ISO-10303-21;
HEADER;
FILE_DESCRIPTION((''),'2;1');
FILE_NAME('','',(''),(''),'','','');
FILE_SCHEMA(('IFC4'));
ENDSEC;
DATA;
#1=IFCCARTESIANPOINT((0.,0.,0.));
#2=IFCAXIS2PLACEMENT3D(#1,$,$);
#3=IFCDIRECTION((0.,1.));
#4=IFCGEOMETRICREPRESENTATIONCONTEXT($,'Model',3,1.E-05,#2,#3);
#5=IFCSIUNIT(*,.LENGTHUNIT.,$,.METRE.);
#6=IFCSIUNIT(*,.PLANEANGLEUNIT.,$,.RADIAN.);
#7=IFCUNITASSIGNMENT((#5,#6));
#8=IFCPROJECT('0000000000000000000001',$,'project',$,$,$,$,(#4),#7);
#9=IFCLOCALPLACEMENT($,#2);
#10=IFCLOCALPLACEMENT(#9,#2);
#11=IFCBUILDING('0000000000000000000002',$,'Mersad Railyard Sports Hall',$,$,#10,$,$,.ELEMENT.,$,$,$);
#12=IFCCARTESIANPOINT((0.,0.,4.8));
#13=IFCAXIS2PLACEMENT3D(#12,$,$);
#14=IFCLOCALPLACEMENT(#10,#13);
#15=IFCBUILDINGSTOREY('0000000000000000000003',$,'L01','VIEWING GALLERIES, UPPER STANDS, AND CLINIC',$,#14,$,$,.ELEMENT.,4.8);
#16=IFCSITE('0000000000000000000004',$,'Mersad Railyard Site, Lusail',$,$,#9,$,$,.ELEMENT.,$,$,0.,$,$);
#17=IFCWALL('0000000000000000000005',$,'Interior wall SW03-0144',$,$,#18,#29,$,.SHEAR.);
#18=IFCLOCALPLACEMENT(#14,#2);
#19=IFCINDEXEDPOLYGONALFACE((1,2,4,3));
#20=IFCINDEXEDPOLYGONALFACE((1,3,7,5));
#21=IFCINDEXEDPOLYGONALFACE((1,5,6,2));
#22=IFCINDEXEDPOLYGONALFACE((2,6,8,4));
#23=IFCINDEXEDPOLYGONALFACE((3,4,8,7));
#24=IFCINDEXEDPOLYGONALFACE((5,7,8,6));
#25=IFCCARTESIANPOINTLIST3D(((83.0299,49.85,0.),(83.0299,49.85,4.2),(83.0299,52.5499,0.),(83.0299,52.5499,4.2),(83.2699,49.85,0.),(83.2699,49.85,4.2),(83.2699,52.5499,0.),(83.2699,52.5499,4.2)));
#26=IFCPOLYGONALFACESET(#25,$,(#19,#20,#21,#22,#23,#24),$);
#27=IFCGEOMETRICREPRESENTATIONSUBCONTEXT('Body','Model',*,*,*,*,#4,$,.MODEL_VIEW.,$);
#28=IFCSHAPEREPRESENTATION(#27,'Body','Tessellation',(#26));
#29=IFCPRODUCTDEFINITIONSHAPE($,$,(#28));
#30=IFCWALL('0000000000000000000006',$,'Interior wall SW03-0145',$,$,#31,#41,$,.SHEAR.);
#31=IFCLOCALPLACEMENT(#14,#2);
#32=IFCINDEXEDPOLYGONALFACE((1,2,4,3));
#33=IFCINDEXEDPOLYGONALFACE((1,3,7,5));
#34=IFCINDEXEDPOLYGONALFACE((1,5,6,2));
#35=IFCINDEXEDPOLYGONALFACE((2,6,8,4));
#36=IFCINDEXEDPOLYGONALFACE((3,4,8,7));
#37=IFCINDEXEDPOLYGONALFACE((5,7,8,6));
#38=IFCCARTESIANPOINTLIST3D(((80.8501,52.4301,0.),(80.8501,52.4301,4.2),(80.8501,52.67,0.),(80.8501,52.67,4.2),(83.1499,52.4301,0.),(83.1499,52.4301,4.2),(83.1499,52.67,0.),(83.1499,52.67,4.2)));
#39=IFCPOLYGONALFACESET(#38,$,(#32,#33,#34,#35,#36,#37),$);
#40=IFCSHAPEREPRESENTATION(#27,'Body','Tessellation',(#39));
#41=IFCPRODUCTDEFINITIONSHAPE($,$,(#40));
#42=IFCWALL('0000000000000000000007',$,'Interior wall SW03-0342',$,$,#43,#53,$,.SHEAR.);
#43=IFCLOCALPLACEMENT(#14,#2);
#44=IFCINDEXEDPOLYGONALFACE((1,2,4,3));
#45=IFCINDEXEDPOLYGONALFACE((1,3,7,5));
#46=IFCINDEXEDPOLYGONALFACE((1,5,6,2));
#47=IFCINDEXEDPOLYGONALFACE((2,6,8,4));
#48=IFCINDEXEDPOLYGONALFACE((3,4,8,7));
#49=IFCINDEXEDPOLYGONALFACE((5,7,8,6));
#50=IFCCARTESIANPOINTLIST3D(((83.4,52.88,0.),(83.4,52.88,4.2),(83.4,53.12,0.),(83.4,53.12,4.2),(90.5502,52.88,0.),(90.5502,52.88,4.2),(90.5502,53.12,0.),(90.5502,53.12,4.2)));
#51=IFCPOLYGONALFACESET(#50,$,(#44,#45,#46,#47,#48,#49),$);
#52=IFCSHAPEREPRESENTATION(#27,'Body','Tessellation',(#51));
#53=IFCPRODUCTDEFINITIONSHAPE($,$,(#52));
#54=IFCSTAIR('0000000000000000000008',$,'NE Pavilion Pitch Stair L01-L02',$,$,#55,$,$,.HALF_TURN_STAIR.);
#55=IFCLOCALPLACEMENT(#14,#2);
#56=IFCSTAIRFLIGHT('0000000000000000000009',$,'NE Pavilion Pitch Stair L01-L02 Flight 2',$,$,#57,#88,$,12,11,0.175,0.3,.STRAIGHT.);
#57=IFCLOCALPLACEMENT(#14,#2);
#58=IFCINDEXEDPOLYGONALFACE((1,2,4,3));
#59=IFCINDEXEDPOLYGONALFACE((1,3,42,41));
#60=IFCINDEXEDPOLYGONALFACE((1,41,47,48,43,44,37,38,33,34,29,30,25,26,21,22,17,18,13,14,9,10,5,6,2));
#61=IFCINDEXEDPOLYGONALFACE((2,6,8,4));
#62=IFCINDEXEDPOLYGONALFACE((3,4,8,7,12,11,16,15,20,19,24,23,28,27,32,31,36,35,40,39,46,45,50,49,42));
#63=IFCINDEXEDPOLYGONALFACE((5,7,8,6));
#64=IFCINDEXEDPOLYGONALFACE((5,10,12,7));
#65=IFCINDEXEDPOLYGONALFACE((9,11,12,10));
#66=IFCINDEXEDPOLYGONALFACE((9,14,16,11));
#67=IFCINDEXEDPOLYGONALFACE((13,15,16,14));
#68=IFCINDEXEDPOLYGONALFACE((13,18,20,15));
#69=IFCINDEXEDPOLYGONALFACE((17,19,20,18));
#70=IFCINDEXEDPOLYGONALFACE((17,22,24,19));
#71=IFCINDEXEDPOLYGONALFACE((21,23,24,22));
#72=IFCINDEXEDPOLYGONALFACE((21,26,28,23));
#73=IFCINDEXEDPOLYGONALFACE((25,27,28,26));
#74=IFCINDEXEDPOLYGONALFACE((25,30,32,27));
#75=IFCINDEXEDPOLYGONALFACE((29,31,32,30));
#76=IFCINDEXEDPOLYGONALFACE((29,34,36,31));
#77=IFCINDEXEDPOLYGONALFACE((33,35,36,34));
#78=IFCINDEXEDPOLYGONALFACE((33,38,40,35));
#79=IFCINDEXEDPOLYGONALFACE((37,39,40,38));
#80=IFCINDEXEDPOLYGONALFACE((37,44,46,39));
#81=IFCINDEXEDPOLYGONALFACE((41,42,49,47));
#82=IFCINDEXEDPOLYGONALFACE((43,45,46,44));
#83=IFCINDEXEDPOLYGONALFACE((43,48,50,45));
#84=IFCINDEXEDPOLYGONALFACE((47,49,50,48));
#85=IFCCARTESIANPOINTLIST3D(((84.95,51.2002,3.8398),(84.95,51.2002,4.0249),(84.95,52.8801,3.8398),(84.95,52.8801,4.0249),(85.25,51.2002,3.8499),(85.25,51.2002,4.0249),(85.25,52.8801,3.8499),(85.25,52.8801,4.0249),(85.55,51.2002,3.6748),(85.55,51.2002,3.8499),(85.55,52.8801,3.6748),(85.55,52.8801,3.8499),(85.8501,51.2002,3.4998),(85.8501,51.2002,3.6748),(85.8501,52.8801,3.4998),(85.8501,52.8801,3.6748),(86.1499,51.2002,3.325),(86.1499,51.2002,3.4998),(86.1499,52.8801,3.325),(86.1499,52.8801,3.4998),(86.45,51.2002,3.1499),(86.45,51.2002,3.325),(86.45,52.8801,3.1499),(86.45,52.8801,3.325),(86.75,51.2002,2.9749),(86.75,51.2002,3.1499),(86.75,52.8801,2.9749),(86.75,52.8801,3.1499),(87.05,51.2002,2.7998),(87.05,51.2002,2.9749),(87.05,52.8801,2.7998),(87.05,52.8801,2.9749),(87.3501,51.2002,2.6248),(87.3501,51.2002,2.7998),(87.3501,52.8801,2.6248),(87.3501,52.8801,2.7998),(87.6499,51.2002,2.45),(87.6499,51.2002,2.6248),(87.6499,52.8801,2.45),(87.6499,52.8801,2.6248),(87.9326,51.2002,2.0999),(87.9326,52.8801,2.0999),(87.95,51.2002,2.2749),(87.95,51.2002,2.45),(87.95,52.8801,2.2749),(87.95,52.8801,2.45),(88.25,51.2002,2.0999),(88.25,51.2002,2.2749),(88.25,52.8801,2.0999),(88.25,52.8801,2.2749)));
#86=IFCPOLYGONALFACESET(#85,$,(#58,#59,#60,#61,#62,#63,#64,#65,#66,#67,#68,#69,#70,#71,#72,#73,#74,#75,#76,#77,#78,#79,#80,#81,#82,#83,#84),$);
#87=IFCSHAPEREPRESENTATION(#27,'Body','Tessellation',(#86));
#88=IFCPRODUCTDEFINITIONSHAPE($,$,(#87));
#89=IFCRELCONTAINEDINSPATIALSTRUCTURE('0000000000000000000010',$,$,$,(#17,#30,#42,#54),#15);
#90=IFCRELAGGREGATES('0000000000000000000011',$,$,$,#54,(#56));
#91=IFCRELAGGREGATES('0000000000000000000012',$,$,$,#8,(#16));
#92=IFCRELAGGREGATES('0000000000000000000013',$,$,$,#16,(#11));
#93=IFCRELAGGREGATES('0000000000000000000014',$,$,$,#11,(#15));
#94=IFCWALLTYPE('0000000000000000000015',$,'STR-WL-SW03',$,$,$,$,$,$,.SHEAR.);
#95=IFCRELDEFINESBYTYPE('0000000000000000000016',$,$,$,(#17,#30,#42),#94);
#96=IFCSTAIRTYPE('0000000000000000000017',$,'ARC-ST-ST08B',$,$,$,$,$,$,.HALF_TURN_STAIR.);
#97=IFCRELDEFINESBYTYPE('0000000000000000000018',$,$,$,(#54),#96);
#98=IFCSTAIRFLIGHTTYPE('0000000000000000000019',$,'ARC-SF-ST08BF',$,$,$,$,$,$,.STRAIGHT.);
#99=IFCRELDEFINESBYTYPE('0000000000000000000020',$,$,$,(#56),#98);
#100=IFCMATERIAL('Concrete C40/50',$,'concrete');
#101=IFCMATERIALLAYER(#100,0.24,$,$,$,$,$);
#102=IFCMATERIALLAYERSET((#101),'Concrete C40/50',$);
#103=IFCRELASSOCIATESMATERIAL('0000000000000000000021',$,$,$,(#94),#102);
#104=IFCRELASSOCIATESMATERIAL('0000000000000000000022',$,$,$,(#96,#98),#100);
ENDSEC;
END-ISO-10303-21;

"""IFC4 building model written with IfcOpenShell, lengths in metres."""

from ifc_helpers import new_model, si_unit, direction, frame, frame_2d, origin, place, context, subcontext, project, spatial, polyline, rectangle, outline, extrude, material, layer, layer_set, type_object, element, aggregate, save


model = new_model("IFC4")

# Units and contexts
model_context = context("Model", 3, precision=1e-05, world=origin(), true_north=direction((0.0, 1.0)))
body_context = subcontext(model_context, "Body", "Model", "MODEL_VIEW")
ifc_project = project(units=[si_unit("LENGTHUNIT", "METRE"), si_unit("PLANEANGLEUNIT", "RADIAN")], contexts=[model_context])

# Site, building, storey
site_placement = place(None, origin())
site = spatial("IfcSite", under=ifc_project, at=site_placement, Name="Mersad Railyard Site, Lusail", CompositionType="ELEMENT", RefElevation=0.0)
building_placement = place(site_placement, origin())
building = spatial("IfcBuilding", under=site, at=building_placement, Name="Mersad Railyard Sports Hall", CompositionType="ELEMENT")
storey_placement = place(building_placement, frame((0.0, 0.0, 4.8)))
storey = spatial("IfcBuildingStorey", under=building, at=storey_placement, Name="L01", Description="VIEWING GALLERIES, UPPER STANDS, AND CLINIC", CompositionType="ELEMENT", Elevation=4.8)

# Walls
ifc_material_1 = material(Name="Concrete C40/50", Category="concrete")
ifc_layer_1 = layer(ifc_material_1, 0.24)
ifc_layer_set_1 = layer_set([ifc_layer_1], Name="Concrete C40/50")
wall_type_1 = type_object("IfcWallType", Name="STR-WL-SW03", PredefinedType="SHEAR", material=ifc_layer_set_1)
wall_1_placement = place(storey_placement, frame((83.1499, 52.55, 0.0), z_axis=(0.0, 0.0, 1.0), x_axis=(0.0, -1.0, 0.0)))
element("IfcWall", 1, at=wall_1_placement, inside=storey, type_object=wall_type_1, Name="Interior wall SW03-0144", PredefinedType="SHEAR", context=body_context, shape_type="SweptSolid", body=[
    extrude(rectangle(XDim=2.7, YDim=0.24, at=frame_2d((1.3501, 0.0))), origin(), (0.0, 0.0, 1.0), 4.2),
])
wall_2_placement = place(storey_placement, frame((80.8501, 52.55, 0.0), z_axis=(0.0, 0.0, 1.0), x_axis=(1.0, 0.0, 0.0)))
element("IfcWall", 2, at=wall_2_placement, inside=storey, type_object=wall_type_1, Name="Interior wall SW03-0145", PredefinedType="SHEAR", context=body_context, shape_type="SweptSolid", body=[
    extrude(rectangle(XDim=2.2998, YDim=0.24, at=frame_2d((1.1499, 0.0))), origin(), (0.0, 0.0, 1.0), 4.2),
])
wall_3_placement = place(storey_placement, frame((83.3999, 53.0, 0.0), z_axis=(0.0, 0.0, 1.0), x_axis=(1.0, 0.0, 0.0)))
element("IfcWall", 3, at=wall_3_placement, inside=storey, type_object=wall_type_1, Name="Interior wall SW03-0342", PredefinedType="SHEAR", context=body_context, shape_type="SweptSolid", body=[
    extrude(rectangle(XDim=7.1501, YDim=0.24, at=frame_2d((3.5752, 0.0))), origin(), (0.0, 0.0, 1.0), 4.2),
])

# Stair, stair flight
stair_type = type_object("IfcStairType", Name="ARC-ST-ST08B", PredefinedType="HALF_TURN_STAIR", material=ifc_material_1)
stair_placement = place(storey_placement, origin())
stair = element("IfcStair", 4, at=stair_placement, inside=storey, type_object=stair_type, Name="NE Pavilion Pitch Stair L01-L02", PredefinedType="HALF_TURN_STAIR")
stair_flight_type = type_object("IfcStairFlightType", Name="ARC-SF-ST08BF", PredefinedType="STRAIGHT", material=ifc_material_1)
stair_flight_placement = place(storey_placement, frame((88.25, 52.04, 2.0999), z_axis=(0.0, 0.0, 1.0), x_axis=(-1.0, 0.0, 0.0)))
stair_flight = element("IfcStairFlight", 5, at=stair_flight_placement, type_object=stair_flight_type, Name="NE Pavilion Pitch Stair L01-L02 Flight 2", NumberOfRisers=12, NumberOfTreads=11, PredefinedType="STRAIGHT", RiserHeight=0.175, TreadLength=0.3, context=body_context, shape_type="SweptSolid", body=[
    extrude(outline(polyline([(0.0, 0.0), (0.0, 0.175), (0.3, 0.175), (0.3, 0.3501), (0.6001, 0.3501), (0.6001, 0.5249), (0.8999, 0.5249), (0.8999, 0.7), (1.2, 0.7), (1.2, 0.875), (1.5, 0.875), (1.5, 1.05), (1.8, 1.05), (1.8, 1.2251), (2.1001, 1.2251), (2.1001, 1.3999), (2.3999, 1.3999), (2.3999, 1.575), (2.7, 1.575), (2.7, 1.75), (3.0, 1.75), (3.0, 1.925), (3.3, 1.925), (3.3, 2.1001), (3.3, 1.74), (0.3174, 0.0), (0.0, 0.0)])), frame((0.0, 0.8398, 0.0), z_axis=(0.0, -1.0, 0.0), x_axis=(1.0, 0.0, 0.0)), (0.0, 0.0, 1.0), 1.6799),
])
aggregate(stair, [stair_flight])

save(model, "model.ifc")
